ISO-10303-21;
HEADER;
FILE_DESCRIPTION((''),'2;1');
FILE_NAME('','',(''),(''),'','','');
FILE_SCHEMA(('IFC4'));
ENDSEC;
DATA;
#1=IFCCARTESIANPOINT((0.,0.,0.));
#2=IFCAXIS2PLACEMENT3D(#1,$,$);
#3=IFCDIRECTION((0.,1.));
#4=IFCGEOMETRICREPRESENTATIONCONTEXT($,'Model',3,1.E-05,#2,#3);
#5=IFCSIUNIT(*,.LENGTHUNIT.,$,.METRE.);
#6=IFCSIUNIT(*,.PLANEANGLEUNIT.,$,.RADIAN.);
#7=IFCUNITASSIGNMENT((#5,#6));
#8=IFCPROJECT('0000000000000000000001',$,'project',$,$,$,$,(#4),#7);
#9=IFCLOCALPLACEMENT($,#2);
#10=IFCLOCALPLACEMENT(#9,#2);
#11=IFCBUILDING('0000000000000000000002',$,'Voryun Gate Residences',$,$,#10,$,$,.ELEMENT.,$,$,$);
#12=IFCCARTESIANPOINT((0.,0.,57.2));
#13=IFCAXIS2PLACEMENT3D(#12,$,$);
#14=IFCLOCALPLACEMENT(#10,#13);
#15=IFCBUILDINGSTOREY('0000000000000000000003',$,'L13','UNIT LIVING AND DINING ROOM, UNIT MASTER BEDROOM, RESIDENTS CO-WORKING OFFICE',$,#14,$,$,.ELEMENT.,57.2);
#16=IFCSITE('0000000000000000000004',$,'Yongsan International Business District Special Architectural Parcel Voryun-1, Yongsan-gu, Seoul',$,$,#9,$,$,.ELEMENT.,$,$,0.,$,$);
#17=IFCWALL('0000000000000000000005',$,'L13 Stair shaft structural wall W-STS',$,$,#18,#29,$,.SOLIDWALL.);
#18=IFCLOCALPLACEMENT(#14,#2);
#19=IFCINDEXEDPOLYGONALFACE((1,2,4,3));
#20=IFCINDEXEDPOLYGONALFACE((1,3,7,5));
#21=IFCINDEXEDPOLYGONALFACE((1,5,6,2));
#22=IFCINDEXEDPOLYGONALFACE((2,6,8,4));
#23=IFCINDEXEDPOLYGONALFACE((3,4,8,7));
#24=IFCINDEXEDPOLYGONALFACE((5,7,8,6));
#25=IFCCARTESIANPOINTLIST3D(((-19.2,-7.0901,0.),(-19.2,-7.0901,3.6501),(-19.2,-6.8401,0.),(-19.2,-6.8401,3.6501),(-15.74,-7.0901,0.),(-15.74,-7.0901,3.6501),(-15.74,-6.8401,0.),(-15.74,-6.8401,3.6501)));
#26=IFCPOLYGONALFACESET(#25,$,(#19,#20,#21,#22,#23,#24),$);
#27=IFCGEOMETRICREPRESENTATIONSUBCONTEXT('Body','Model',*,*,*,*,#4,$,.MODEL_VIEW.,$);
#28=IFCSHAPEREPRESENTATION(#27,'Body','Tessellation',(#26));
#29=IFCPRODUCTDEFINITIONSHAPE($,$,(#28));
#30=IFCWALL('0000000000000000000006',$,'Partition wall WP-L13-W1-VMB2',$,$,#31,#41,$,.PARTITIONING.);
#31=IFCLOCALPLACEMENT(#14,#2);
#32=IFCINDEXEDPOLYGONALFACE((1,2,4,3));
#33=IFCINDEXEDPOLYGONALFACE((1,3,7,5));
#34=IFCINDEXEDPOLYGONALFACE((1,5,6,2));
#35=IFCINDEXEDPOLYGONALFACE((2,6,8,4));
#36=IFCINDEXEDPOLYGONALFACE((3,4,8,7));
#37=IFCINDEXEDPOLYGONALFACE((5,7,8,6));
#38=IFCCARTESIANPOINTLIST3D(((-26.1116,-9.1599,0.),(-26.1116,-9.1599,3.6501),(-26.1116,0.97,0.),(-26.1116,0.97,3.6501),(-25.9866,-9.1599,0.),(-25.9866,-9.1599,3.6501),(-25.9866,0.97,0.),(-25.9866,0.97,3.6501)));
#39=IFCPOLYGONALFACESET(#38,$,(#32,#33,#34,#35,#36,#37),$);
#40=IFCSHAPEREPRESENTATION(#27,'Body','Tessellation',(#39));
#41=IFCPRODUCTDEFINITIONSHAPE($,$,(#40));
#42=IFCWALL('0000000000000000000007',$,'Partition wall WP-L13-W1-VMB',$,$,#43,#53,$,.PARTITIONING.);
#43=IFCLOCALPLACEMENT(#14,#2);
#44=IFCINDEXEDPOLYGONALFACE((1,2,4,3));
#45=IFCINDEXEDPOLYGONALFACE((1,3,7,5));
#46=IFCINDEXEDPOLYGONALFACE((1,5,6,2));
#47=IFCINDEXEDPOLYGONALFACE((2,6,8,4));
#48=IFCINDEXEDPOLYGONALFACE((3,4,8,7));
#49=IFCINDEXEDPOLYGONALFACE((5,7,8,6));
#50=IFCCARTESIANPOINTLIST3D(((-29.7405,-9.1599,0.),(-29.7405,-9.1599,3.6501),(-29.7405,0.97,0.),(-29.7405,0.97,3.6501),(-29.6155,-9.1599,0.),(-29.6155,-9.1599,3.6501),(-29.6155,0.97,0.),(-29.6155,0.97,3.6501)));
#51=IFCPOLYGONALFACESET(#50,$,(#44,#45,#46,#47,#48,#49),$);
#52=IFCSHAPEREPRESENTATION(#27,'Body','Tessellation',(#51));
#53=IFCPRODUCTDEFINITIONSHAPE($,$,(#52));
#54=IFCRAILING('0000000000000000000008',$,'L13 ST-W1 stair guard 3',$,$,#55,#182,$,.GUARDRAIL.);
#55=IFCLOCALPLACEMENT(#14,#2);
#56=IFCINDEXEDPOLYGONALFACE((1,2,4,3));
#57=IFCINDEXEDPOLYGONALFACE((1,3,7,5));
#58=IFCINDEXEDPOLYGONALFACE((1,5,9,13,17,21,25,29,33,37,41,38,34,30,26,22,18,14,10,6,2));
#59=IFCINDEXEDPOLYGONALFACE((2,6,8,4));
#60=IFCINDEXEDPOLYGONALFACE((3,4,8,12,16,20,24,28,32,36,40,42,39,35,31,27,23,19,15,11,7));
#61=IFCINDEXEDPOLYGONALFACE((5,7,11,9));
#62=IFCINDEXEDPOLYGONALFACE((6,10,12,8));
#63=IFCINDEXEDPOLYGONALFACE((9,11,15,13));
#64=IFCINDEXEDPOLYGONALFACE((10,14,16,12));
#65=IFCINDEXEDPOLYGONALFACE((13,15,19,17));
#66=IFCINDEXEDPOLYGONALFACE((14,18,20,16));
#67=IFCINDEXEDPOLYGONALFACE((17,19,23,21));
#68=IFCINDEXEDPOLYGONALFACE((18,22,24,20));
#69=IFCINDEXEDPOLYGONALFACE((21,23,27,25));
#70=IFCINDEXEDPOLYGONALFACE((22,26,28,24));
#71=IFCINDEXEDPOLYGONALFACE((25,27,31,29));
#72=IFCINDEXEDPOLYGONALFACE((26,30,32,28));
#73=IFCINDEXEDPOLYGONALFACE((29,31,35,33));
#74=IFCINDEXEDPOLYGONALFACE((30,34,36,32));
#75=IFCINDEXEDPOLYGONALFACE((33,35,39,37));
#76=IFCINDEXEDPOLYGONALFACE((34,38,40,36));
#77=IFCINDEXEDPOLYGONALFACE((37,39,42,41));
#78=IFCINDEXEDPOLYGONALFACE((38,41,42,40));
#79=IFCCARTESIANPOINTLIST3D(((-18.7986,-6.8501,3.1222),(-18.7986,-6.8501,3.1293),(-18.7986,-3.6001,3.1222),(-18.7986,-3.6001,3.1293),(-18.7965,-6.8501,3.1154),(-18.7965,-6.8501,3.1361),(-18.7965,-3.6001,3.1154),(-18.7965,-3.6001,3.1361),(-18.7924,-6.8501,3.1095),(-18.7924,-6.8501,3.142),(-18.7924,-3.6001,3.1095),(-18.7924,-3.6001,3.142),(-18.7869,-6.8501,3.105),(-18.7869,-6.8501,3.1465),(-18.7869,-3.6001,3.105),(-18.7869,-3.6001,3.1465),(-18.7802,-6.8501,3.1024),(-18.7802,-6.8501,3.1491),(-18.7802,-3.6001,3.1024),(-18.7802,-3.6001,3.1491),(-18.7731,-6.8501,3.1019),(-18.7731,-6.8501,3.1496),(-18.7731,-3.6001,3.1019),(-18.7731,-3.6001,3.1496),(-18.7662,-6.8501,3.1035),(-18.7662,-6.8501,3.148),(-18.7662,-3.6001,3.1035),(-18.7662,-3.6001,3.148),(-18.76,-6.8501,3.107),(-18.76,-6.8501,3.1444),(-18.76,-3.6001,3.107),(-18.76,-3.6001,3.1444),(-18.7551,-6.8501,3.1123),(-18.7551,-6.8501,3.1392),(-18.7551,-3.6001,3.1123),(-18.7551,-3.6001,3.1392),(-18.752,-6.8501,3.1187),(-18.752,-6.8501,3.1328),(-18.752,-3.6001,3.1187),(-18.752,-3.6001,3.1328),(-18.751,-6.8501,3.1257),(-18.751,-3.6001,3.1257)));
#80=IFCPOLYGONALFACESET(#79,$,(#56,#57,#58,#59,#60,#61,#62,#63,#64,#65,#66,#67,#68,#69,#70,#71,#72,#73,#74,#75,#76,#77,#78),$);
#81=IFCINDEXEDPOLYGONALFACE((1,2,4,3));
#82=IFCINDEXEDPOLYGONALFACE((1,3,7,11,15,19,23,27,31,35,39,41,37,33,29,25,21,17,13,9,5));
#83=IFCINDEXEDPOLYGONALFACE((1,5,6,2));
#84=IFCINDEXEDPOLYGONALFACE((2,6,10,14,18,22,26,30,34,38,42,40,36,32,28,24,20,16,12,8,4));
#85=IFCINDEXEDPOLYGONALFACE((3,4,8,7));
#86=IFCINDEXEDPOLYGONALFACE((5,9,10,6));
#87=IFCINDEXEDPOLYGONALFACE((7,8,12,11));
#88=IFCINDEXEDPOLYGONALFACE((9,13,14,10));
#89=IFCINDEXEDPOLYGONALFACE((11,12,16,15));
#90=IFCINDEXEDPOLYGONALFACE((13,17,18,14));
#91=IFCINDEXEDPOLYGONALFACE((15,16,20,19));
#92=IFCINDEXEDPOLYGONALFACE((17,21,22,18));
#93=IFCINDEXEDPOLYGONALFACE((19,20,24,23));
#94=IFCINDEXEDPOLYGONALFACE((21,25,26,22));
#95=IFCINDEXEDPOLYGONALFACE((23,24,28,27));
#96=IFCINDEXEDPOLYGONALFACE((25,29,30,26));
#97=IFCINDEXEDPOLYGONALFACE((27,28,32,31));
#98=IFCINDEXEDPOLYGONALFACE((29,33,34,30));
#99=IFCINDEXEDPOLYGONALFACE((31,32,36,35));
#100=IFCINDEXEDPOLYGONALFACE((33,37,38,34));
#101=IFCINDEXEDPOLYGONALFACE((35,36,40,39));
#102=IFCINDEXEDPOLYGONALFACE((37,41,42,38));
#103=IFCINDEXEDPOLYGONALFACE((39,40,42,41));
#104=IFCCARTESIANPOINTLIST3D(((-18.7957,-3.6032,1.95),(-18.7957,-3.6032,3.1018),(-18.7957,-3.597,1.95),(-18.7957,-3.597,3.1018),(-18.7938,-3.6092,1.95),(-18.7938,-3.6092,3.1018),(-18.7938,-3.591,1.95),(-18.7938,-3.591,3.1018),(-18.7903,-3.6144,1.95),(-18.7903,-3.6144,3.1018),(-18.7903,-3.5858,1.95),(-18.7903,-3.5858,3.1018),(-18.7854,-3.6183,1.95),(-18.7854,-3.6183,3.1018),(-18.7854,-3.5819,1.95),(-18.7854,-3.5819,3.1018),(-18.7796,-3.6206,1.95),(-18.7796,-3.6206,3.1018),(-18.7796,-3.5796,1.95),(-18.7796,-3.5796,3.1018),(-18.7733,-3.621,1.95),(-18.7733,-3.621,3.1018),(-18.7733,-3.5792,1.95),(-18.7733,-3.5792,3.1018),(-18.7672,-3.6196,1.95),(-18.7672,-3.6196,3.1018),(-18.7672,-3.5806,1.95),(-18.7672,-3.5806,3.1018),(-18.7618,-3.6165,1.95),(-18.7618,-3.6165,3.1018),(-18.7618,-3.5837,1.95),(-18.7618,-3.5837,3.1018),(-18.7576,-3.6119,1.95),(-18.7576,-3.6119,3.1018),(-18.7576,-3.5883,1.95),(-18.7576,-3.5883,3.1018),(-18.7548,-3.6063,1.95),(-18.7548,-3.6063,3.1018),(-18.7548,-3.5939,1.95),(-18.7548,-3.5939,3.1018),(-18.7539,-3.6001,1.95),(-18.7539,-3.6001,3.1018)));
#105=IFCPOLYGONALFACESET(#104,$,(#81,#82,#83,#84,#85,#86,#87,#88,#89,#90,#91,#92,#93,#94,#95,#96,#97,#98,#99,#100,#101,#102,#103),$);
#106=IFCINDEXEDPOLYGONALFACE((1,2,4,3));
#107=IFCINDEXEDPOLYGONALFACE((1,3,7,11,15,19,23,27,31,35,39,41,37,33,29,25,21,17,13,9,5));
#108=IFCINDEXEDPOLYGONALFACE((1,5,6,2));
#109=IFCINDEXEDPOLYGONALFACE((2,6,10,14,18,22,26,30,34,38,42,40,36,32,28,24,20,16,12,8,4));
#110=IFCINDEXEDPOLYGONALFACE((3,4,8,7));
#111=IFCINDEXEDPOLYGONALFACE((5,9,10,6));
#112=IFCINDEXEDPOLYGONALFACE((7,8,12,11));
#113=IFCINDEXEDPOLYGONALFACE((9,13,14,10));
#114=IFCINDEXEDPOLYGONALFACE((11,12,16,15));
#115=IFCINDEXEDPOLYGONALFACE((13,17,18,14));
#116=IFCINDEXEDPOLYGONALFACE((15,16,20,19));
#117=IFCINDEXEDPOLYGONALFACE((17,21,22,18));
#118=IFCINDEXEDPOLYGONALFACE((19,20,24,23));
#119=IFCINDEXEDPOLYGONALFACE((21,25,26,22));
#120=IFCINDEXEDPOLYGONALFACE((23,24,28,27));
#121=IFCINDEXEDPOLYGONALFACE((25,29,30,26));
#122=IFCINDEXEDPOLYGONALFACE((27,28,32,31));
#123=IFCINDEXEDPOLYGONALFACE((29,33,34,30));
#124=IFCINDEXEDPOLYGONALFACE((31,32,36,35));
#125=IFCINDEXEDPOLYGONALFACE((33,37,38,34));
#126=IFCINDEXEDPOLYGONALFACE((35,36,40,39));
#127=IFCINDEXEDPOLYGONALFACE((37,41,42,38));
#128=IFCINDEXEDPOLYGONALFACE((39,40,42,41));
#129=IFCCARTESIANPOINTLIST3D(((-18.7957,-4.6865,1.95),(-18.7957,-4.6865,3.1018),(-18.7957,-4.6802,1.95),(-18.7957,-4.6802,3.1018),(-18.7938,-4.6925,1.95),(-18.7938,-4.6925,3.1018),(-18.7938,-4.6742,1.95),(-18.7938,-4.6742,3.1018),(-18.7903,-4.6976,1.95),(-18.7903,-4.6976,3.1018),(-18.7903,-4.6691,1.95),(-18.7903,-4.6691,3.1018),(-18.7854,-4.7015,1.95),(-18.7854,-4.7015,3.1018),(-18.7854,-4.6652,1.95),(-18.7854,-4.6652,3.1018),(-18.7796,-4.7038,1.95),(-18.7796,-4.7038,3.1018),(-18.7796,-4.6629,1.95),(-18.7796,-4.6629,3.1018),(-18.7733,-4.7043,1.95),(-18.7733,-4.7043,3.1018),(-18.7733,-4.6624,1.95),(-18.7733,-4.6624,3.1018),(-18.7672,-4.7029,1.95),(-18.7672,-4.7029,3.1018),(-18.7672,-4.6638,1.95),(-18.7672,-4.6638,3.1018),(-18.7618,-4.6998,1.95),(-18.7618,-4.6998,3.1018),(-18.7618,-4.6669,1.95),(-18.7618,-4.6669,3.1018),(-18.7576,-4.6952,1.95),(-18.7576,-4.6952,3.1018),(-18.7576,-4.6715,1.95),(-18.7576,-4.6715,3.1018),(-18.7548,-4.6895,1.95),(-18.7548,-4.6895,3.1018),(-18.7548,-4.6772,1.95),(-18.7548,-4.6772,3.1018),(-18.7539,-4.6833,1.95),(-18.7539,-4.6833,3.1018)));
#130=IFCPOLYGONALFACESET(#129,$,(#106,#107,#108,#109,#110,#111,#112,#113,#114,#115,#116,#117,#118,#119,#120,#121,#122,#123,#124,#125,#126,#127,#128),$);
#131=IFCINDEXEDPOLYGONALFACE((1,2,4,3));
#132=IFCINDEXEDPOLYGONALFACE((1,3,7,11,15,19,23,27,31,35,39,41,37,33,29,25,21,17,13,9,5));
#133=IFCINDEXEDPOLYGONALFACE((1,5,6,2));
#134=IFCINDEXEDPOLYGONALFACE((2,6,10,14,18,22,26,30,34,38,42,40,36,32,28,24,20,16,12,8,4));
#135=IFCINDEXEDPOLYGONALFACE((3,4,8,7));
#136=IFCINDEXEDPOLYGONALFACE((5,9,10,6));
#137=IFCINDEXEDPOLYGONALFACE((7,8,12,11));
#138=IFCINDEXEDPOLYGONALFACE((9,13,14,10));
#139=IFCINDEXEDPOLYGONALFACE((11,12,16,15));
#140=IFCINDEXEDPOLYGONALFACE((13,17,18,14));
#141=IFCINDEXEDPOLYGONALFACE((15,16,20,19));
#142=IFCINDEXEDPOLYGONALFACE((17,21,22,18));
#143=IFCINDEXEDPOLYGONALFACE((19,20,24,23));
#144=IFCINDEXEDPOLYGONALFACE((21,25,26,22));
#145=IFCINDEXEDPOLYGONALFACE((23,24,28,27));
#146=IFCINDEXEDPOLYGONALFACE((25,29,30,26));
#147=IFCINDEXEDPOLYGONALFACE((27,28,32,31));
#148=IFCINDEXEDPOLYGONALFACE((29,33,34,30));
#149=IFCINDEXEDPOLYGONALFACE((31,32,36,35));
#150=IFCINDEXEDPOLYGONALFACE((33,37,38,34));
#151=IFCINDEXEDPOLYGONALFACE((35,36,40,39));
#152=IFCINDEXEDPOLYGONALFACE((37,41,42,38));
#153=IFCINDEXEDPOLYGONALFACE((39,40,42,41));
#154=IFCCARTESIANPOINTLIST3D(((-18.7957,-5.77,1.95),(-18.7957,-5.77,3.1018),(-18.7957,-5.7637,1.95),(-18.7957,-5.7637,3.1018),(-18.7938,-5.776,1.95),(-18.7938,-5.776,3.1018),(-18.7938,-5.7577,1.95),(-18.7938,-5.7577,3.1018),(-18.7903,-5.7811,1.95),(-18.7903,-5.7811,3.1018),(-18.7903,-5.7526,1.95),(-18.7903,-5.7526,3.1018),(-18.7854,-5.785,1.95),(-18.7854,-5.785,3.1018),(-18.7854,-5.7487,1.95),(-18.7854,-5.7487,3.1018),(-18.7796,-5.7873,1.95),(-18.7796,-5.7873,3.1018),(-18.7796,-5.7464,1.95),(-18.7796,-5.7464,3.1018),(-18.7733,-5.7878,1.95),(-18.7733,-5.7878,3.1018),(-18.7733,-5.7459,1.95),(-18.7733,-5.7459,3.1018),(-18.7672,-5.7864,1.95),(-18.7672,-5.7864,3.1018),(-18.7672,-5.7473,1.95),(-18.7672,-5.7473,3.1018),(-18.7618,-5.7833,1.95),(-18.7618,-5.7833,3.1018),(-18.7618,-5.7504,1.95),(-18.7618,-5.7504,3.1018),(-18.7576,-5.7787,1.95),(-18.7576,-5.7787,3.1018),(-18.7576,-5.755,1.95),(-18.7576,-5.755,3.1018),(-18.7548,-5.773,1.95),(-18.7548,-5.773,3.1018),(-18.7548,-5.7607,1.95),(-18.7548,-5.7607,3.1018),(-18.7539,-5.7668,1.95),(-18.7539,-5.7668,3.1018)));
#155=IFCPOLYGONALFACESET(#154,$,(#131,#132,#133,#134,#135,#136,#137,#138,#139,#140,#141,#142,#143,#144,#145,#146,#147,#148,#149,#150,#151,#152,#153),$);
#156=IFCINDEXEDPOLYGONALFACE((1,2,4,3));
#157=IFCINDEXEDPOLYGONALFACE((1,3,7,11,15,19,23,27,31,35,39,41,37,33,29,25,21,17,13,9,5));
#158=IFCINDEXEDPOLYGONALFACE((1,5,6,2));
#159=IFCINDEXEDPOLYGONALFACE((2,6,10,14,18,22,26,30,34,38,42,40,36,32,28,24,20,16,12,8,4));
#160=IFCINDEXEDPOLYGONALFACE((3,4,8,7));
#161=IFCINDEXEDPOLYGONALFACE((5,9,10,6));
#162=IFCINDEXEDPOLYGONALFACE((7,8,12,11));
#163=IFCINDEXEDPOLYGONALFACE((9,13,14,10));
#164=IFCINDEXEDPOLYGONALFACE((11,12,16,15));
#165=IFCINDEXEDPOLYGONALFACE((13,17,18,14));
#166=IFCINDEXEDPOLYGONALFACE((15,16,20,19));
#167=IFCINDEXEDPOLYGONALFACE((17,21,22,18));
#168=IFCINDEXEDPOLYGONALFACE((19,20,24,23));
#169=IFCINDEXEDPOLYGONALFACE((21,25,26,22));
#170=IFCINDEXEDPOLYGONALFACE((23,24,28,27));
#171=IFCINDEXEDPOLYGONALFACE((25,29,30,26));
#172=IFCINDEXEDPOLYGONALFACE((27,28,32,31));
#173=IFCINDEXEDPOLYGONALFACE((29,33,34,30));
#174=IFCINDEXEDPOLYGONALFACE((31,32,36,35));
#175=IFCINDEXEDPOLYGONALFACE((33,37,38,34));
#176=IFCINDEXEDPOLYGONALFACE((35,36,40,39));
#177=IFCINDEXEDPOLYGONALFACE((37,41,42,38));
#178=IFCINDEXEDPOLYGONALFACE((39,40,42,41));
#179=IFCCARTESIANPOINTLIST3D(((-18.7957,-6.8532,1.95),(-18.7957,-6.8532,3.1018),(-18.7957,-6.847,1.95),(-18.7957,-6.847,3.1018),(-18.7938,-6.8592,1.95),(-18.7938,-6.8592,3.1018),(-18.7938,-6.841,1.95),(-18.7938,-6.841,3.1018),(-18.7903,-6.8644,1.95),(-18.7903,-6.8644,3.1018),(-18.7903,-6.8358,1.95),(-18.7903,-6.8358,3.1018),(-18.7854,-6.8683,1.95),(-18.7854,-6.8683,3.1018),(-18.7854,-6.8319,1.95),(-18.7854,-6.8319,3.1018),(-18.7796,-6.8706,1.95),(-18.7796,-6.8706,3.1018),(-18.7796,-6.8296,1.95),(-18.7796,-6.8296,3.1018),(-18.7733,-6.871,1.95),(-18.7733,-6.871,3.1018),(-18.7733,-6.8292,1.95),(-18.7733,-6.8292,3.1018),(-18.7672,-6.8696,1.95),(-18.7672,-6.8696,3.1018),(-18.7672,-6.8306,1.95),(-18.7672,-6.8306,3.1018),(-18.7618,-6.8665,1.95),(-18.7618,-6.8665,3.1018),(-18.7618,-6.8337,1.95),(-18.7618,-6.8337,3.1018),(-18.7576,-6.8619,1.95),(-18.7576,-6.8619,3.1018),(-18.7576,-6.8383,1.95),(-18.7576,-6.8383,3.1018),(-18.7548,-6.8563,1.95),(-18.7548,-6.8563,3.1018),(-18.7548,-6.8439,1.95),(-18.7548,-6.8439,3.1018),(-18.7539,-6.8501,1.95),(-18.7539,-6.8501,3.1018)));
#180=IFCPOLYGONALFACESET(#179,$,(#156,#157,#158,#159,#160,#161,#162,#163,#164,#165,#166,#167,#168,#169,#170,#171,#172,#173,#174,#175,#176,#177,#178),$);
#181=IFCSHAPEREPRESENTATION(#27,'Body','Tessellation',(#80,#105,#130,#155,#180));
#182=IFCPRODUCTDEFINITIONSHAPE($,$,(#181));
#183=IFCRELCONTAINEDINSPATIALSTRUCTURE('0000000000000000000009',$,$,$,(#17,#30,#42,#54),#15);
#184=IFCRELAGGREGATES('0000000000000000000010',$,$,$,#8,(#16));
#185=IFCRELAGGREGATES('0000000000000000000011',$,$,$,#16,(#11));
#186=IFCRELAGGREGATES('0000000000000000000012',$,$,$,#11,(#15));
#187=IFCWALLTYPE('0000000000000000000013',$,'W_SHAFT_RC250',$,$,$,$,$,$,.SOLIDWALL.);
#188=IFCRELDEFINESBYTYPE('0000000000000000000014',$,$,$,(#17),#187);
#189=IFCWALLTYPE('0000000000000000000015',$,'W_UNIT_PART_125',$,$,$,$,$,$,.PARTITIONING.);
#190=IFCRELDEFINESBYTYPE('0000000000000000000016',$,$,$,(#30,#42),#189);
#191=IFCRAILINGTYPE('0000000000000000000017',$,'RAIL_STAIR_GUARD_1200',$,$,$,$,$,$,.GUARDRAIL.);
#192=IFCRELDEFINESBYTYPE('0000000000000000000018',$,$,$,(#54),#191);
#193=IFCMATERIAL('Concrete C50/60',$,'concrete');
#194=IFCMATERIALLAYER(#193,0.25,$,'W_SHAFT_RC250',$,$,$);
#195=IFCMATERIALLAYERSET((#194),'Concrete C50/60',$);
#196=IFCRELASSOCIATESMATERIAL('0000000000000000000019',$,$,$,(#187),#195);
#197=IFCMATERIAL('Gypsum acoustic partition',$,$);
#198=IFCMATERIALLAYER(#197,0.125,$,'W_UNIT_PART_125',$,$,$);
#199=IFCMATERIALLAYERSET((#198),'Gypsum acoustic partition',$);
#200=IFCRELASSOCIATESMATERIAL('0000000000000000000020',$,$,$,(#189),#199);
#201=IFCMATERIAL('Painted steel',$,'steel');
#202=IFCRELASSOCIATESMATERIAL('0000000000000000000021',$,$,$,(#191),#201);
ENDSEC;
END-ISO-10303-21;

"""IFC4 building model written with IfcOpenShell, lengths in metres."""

from ifc_helpers import new_model, si_unit, direction, frame, frame_2d, origin, origin_2d, place, context, subcontext, project, spatial, rectangle, circle, extrude, material, layer, layer_set, type_object, element, save


model = new_model("IFC4")

# Units and contexts
model_context = context("Model", 3, precision=1e-05, world=origin(), true_north=direction((0.0, 1.0)))
body_context = subcontext(model_context, "Body", "Model", "MODEL_VIEW")
ifc_project = project(units=[si_unit("LENGTHUNIT", "METRE"), si_unit("PLANEANGLEUNIT", "RADIAN")], contexts=[model_context])

# Site, building, storey
site_placement = place(None, origin())
site = spatial("IfcSite", under=ifc_project, at=site_placement, Name="Yongsan International Business District Special Architectural Parcel Voryun-1, Yongsan-gu, Seoul", CompositionType="ELEMENT", RefElevation=0.0)
building_placement = place(site_placement, origin())
building = spatial("IfcBuilding", under=site, at=building_placement, Name="Voryun Gate Residences", CompositionType="ELEMENT")
storey_placement = place(building_placement, frame((0.0, 0.0, 57.2)))
storey = spatial("IfcBuildingStorey", under=building, at=storey_placement, Name="L13", Description="UNIT LIVING AND DINING ROOM, UNIT MASTER BEDROOM, RESIDENTS CO-WORKING OFFICE", CompositionType="ELEMENT", Elevation=57.2)

# Walls
ifc_material_1 = material(Name="Concrete C50/60", Category="concrete")
ifc_layer_1 = layer(ifc_material_1, 0.25, Name="W_SHAFT_RC250")
ifc_layer_set_1 = layer_set([ifc_layer_1], Name="Concrete C50/60")
wall_type_1 = type_object("IfcWallType", Name="W_SHAFT_RC250", PredefinedType="SOLIDWALL", material=ifc_layer_set_1)
wall_1_placement = place(storey_placement, frame((-19.2, -6.9651, 0.0), z_axis=(0.0, 0.0, 1.0), x_axis=(1.0, 0.0, 0.0)))
element("IfcWall", 1, at=wall_1_placement, inside=storey, type_object=wall_type_1, Name="L13 Stair shaft structural wall W-STS", PredefinedType="SOLIDWALL", context=body_context, shape_type="SweptSolid", body=[
    extrude(rectangle(XDim=3.46, YDim=0.25, at=frame_2d((1.73, 0.0))), origin(), (0.0, 0.0, 1.0), 3.6501),
])
ifc_material_2 = material(Name="Gypsum acoustic partition")
ifc_layer_2 = layer(ifc_material_2, 0.125, Name="W_UNIT_PART_125")
ifc_layer_set_2 = layer_set([ifc_layer_2], Name="Gypsum acoustic partition")
wall_type_2 = type_object("IfcWallType", Name="W_UNIT_PART_125", PredefinedType="PARTITIONING", material=ifc_layer_set_2)
for number, where, z_axis, x_axis, name in (
    (2, (-26.0491, -9.1599, 0.0), (0.0, 0.0, 1.0), (0.0, 1.0, 0.0), "Partition wall WP-L13-W1-VMB2"),
    (3, (-29.678, -9.1599, 0.0), (0.0, 0.0, 1.0), (0.0, 1.0, 0.0), "Partition wall WP-L13-W1-VMB"),
):
    element("IfcWall", number, at=place(storey_placement, frame(where, z_axis=z_axis, x_axis=x_axis)), inside=storey, type_object=wall_type_2, Name=name, PredefinedType="PARTITIONING", context=body_context, shape_type="SweptSolid", body=[
        extrude(rectangle(XDim=10.1299, YDim=0.125, at=frame_2d((5.0649, 0.0))), origin(), (0.0, 0.0, 1.0), 3.6501),
    ])

# Railing
ifc_material_3 = material(Name="Painted steel", Category="steel")
railing_type_1 = type_object("IfcRailingType", Name="RAIL_STAIR_GUARD_1200", PredefinedType="GUARDRAIL", material=ifc_material_3)
railing_1_placement = place(storey_placement, frame((-18.7749, -3.6001, 1.95)))
element("IfcRailing", 4, at=railing_1_placement, inside=storey, type_object=railing_type_1, Name="L13 ST-W1 stair guard 3", PredefinedType="GUARDRAIL", context=body_context, shape_type="SweptSolid", body=[
    extrude(circle(Radius=0.0239, at=origin_2d()), frame((0.0, 0.0, 1.1758), z_axis=(0.0, -1.0, 0.0), x_axis=(1.0, 0.0, 0.0)), (0.0, 0.0, 1.0), 3.25),
    extrude(circle(Radius=0.021, at=origin_2d()), origin(), (0.0, 0.0, 1.0), 1.1519),
    extrude(circle(Radius=0.021, at=origin_2d()), frame((0.0, -1.0833, 0.0)), (0.0, 0.0, 1.0), 1.1519),
    extrude(circle(Radius=0.021, at=origin_2d()), frame((0.0, -2.1667, 0.0)), (0.0, 0.0, 1.0), 1.1519),
    extrude(circle(Radius=0.021, at=origin_2d()), frame((0.0, -3.25, 0.0)), (0.0, 0.0, 1.0), 1.1519),
])

save(model, "model.ifc")
